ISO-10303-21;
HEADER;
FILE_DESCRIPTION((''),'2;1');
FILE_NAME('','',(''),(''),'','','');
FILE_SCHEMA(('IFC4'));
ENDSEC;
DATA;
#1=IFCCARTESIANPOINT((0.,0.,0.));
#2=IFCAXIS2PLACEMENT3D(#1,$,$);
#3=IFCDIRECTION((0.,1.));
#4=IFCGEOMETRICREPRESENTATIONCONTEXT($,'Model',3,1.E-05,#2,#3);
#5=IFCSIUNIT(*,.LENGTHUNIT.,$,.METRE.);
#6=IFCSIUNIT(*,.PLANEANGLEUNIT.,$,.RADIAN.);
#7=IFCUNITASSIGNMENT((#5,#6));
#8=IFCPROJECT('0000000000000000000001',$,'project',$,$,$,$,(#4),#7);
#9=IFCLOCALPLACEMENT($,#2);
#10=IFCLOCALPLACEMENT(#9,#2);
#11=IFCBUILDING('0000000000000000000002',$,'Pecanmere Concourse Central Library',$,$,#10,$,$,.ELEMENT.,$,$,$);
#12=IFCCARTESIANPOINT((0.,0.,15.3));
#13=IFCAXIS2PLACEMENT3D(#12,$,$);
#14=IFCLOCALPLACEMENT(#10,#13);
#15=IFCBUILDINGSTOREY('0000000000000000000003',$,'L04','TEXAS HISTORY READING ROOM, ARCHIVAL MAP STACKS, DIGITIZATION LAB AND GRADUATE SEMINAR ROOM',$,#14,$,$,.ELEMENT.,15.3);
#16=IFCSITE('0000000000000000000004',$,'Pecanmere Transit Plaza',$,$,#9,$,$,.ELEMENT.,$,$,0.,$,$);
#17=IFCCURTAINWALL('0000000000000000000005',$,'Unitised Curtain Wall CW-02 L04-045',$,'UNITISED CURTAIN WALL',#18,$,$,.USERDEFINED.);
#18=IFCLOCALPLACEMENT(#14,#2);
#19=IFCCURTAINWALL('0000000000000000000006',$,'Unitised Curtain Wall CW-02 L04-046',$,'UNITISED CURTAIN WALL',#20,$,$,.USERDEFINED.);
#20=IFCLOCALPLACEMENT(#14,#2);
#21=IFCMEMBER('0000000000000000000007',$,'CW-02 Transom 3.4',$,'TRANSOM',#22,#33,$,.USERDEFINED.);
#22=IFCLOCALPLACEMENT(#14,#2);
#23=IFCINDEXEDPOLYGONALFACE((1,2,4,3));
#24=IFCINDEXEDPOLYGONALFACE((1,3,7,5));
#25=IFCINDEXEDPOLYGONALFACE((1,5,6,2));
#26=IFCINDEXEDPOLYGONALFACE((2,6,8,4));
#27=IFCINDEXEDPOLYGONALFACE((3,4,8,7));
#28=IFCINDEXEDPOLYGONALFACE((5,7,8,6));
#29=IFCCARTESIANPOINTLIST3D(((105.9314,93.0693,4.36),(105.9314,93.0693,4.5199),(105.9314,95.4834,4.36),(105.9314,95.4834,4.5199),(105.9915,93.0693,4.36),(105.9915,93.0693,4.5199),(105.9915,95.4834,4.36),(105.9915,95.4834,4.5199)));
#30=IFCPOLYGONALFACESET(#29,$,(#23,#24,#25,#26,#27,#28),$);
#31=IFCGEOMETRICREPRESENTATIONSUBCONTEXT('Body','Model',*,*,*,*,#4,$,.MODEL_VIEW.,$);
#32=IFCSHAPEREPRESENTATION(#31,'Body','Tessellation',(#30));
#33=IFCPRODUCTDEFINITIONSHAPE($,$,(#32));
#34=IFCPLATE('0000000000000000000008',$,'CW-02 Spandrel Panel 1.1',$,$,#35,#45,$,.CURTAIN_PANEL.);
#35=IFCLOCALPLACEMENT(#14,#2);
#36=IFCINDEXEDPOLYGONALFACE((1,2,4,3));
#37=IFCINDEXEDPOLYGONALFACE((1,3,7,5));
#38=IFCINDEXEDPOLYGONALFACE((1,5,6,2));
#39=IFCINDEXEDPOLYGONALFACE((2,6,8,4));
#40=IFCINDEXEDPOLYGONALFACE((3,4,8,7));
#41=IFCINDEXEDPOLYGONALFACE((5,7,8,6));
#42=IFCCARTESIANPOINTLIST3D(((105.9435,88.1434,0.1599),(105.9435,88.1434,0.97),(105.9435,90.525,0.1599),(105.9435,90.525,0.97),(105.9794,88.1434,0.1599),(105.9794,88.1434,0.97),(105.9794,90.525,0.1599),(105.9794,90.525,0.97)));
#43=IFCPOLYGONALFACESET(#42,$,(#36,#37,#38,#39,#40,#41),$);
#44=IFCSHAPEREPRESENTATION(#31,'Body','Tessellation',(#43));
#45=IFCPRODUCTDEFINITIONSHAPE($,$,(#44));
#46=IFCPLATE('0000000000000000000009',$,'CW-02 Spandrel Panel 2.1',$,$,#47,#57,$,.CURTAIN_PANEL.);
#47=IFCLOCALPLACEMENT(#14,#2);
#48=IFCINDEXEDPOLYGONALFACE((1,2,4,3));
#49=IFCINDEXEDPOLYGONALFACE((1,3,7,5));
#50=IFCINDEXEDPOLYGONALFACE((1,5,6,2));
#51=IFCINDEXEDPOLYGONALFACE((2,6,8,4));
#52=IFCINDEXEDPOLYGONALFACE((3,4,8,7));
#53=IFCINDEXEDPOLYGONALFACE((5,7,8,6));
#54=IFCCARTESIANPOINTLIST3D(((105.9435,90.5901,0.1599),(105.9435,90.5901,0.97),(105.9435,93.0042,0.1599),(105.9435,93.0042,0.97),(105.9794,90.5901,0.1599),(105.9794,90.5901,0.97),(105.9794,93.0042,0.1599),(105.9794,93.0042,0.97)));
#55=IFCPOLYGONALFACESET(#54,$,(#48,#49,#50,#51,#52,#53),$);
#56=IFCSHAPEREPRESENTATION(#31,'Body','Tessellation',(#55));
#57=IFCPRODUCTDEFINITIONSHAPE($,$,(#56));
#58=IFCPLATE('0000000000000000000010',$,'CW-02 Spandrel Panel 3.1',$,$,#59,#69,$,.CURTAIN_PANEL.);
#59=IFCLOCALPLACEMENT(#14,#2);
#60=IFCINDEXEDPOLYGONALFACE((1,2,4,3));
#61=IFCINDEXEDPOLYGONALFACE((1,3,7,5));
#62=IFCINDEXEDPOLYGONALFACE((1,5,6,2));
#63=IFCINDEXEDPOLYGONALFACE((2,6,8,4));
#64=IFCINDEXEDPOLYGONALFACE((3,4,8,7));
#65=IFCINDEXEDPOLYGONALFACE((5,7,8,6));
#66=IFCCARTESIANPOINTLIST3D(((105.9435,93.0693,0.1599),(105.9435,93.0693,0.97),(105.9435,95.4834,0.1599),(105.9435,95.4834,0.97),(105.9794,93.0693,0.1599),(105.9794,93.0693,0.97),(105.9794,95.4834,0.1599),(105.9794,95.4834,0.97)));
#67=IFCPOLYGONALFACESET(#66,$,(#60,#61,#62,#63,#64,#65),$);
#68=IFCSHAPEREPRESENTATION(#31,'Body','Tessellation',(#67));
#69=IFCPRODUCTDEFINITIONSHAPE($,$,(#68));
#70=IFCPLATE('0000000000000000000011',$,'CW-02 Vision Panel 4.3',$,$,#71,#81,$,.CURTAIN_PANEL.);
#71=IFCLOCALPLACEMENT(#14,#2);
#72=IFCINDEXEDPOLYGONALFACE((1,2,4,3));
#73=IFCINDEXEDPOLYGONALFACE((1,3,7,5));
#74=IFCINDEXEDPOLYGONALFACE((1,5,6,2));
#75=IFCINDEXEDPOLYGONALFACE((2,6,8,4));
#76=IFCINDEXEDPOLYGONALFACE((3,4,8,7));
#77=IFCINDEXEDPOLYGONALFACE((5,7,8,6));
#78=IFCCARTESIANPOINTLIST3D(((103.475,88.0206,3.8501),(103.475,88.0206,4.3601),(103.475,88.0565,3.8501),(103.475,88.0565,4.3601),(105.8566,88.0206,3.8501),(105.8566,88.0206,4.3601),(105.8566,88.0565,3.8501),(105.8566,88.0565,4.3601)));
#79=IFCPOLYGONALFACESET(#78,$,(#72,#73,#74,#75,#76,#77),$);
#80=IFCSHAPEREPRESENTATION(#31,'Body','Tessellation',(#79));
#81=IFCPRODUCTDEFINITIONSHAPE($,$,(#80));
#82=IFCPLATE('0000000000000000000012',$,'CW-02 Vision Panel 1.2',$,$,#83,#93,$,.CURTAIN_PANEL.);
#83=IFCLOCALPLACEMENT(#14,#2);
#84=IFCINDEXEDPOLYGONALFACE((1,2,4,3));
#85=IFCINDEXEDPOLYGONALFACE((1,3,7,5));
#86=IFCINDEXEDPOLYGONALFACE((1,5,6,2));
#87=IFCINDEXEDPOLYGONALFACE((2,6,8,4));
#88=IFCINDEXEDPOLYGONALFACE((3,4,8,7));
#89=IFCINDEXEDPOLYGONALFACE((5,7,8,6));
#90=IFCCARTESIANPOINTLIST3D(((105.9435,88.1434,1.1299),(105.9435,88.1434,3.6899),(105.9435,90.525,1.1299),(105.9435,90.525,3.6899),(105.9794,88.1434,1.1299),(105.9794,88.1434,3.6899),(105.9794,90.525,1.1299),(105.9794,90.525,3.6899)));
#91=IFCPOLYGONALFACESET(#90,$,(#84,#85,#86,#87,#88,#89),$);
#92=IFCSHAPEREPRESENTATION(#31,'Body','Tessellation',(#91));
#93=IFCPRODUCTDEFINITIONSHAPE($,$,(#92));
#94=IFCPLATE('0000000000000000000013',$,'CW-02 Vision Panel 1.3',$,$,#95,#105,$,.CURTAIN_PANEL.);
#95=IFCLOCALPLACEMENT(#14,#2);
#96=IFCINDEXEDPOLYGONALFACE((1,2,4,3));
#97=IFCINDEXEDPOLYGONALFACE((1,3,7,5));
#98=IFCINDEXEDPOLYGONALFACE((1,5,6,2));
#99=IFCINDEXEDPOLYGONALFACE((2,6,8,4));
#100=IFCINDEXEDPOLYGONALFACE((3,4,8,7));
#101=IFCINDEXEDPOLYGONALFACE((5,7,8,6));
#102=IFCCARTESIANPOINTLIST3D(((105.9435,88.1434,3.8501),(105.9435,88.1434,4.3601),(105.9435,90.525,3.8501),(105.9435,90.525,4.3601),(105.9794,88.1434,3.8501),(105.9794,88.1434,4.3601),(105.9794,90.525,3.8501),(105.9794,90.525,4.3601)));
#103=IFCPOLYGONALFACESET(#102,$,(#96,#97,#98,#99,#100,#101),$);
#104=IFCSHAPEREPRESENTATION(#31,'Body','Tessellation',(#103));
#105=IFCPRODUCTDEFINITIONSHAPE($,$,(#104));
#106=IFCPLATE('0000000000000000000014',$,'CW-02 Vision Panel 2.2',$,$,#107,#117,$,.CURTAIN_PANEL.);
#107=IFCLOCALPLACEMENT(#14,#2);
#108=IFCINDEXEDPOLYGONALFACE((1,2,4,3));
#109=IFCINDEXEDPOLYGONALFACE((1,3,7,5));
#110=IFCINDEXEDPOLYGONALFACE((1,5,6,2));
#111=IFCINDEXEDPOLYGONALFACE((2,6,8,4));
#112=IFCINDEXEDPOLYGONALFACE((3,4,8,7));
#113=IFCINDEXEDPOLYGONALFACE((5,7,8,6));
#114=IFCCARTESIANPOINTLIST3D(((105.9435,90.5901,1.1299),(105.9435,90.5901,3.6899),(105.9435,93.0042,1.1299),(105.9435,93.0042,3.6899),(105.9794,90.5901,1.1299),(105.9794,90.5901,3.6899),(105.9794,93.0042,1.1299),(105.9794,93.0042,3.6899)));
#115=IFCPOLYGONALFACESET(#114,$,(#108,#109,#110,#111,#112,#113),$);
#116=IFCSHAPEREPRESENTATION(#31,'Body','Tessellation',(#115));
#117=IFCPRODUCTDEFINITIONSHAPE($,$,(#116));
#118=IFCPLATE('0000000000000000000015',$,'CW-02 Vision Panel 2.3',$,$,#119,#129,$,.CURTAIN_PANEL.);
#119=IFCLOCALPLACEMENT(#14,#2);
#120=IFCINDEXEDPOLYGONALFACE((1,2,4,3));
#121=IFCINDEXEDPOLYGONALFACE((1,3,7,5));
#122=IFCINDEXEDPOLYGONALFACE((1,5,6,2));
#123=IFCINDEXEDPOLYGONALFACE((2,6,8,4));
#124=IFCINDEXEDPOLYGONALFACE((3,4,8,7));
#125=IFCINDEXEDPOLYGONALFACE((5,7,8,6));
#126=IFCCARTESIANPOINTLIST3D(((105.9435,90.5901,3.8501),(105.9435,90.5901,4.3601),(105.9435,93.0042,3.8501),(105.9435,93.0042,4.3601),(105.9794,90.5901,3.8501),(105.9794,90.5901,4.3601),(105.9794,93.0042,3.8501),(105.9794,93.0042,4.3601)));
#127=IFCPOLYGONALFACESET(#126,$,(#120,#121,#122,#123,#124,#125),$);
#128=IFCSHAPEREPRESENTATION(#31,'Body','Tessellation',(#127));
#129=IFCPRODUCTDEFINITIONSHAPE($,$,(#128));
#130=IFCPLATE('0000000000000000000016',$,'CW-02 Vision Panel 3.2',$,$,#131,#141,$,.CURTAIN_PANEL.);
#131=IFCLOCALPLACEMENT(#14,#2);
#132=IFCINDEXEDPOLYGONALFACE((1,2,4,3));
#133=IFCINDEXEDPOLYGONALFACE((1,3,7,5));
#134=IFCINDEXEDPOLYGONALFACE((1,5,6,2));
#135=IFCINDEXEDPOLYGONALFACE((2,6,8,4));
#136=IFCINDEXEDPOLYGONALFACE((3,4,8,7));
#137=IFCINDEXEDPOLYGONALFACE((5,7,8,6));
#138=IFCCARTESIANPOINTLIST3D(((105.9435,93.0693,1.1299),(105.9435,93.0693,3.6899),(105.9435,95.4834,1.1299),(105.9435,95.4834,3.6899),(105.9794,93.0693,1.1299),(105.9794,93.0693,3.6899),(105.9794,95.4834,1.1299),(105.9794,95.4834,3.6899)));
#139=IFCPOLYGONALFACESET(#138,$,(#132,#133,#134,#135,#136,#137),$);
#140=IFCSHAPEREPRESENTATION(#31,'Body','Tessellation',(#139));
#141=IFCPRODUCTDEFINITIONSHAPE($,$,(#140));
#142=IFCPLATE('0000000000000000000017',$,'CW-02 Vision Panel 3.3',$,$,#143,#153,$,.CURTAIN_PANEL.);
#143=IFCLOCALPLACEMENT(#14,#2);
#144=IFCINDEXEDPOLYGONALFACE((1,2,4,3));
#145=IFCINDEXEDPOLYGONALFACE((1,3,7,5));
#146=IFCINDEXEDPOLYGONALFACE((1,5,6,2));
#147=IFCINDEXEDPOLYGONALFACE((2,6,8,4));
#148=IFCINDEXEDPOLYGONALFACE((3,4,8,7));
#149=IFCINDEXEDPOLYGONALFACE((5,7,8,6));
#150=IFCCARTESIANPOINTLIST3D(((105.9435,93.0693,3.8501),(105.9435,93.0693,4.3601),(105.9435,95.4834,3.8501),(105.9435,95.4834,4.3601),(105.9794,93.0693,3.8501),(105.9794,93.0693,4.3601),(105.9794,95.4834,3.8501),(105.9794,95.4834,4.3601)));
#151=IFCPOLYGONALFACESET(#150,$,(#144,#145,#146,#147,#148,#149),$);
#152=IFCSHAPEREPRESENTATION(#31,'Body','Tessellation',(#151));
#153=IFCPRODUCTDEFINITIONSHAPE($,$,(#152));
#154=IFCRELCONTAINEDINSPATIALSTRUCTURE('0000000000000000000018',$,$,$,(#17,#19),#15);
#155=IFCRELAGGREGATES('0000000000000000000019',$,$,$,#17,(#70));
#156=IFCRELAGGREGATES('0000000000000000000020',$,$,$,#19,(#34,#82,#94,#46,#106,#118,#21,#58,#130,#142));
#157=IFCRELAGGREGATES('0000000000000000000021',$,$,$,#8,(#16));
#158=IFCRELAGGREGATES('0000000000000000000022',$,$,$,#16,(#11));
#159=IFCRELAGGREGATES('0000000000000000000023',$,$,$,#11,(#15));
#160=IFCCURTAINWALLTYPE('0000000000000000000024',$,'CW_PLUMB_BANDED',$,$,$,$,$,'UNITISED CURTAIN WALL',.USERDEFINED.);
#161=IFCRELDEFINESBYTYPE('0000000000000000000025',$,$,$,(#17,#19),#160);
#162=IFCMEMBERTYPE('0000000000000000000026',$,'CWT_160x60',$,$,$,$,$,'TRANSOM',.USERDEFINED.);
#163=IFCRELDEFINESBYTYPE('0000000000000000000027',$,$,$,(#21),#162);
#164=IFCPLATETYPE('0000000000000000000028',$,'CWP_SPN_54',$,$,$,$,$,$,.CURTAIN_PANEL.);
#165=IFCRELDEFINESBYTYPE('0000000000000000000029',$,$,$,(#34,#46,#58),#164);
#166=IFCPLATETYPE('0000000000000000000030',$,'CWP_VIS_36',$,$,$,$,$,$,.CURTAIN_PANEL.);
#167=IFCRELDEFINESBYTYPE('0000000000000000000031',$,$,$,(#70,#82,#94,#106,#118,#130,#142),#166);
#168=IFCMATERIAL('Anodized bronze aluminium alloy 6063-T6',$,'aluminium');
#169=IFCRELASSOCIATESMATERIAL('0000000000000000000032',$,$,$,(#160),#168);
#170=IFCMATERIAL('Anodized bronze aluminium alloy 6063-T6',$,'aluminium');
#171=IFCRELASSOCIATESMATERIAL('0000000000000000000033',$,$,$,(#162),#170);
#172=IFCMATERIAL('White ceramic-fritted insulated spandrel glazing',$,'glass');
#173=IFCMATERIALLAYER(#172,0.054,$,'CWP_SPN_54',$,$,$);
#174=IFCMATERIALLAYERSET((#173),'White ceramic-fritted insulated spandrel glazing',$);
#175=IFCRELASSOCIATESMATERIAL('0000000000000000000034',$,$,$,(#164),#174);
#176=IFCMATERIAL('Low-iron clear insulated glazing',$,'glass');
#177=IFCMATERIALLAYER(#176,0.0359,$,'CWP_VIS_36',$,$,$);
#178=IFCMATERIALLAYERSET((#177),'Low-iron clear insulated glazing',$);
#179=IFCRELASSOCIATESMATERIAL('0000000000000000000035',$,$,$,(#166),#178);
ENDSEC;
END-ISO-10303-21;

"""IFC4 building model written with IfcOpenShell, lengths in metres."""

from ifc_helpers import new_model, si_unit, direction, frame, origin, origin_2d, place, context, subcontext, project, spatial, rectangle, extrude, material, layer, layer_set, material_profile, profile_set, type_object, element, aggregate, save


model = new_model("IFC4")

# Units and contexts
model_context = context("Model", 3, precision=1e-05, world=origin(), true_north=direction((0.0, 1.0)))
body_context = subcontext(model_context, "Body", "Model", "MODEL_VIEW")
ifc_project = project(units=[si_unit("LENGTHUNIT", "METRE"), si_unit("PLANEANGLEUNIT", "RADIAN")], contexts=[model_context])

# Site, building, storey
site_placement = place(None, origin())
site = spatial("IfcSite", under=ifc_project, at=site_placement, Name="Pecanmere Transit Plaza", CompositionType="ELEMENT", RefElevation=0.0)
building_placement = place(site_placement, origin())
building = spatial("IfcBuilding", under=site, at=building_placement, Name="Pecanmere Concourse Central Library", CompositionType="ELEMENT")
storey_placement = place(building_placement, frame((0.0, 0.0, 15.3)))
storey = spatial("IfcBuildingStorey", under=building, at=storey_placement, Name="L04", Description="TEXAS HISTORY READING ROOM, ARCHIVAL MAP STACKS, DIGITIZATION LAB AND GRADUATE SEMINAR ROOM", CompositionType="ELEMENT", Elevation=15.3)

# Curtain wall
ifc_material_1 = material(Name="Anodized bronze aluminium alloy 6063-T6", Category="aluminium")
curtain_wall_type = type_object("IfcCurtainWallType", Name="CW_PLUMB_BANDED", ElementType="UNITISED CURTAIN WALL", PredefinedType="USERDEFINED", material=ifc_material_1)
curtain_wall_1_placement = place(storey_placement, origin())
curtain_wall_1 = element("IfcCurtainWall", 1, at=curtain_wall_1_placement, inside=storey, type_object=curtain_wall_type, Name="Unitised Curtain Wall CW-02 L04-045", ObjectType="UNITISED CURTAIN WALL", PredefinedType="USERDEFINED")

# Curtain wall, member, plates
curtain_wall_2_placement = place(storey_placement, origin())
curtain_wall_2 = element("IfcCurtainWall", 2, at=curtain_wall_2_placement, inside=storey, type_object=curtain_wall_type, Name="Unitised Curtain Wall CW-02 L04-046", ObjectType="UNITISED CURTAIN WALL", PredefinedType="USERDEFINED")
ifc_material_2 = material(Name="Anodized bronze aluminium alloy 6063-T6", Category="aluminium")
ifc_material_profile_1 = material_profile(ifc_material_2, rectangle(XDim=0.0601, YDim=0.1599, at=origin_2d()), Name="AL 60x160")
ifc_profile_set_1 = profile_set([ifc_material_profile_1], Name="Anodized bronze aluminium alloy 6063-T6")
member_type_1 = type_object("IfcMemberType", Name="CWT_160x60", ElementType="TRANSOM", PredefinedType="USERDEFINED", material=ifc_profile_set_1)
member_1_placement = place(storey_placement, frame((105.9614, 93.0693, 4.4399), z_axis=(0.0, 1.0, 0.0), x_axis=(-1.0, 0.0, 0.0)))
member_1 = element("IfcMember", 3, at=member_1_placement, type_object=member_type_1, Name="CW-02 Transom 3.4", ObjectType="TRANSOM", PredefinedType="USERDEFINED", context=body_context, shape_type="SweptSolid", body=[
    extrude(rectangle(XDim=0.0601, YDim=0.1599, at=origin_2d()), origin(), (0.0, 0.0, 1.0), 2.4141),
])
ifc_material_3 = material(Name="White ceramic-fritted insulated spandrel glazing", Category="glass")
ifc_layer_1 = layer(ifc_material_3, 0.054, Name="CWP_SPN_54")
ifc_layer_set_1 = layer_set([ifc_layer_1], Name="White ceramic-fritted insulated spandrel glazing")
plate_type_1 = type_object("IfcPlateType", Name="CWP_SPN_54", PredefinedType="CURTAIN_PANEL", material=ifc_layer_set_1)
plate_1_placement = place(storey_placement, frame((105.9614, 89.3342, 0.1599), z_axis=(0.0, 0.0, 1.0), x_axis=(0.0, 1.0, 0.0)))
plate_1 = element("IfcPlate", 4, at=plate_1_placement, type_object=plate_type_1, Name="CW-02 Spandrel Panel 1.1", PredefinedType="CURTAIN_PANEL", context=body_context, shape_type="SweptSolid", body=[
    extrude(rectangle(XDim=2.3816, YDim=0.0359, at=origin_2d()), origin(), (0.0, 0.0, 1.0), 0.8101),
])
plate_2_placement = place(storey_placement, frame((105.9614, 91.7971, 0.1599), z_axis=(0.0, 0.0, 1.0), x_axis=(0.0, 1.0, 0.0)))
plate_2 = element("IfcPlate", 5, at=plate_2_placement, type_object=plate_type_1, Name="CW-02 Spandrel Panel 2.1", PredefinedType="CURTAIN_PANEL", context=body_context, shape_type="SweptSolid", body=[
    extrude(rectangle(XDim=2.4141, YDim=0.0359, at=origin_2d()), origin(), (0.0, 0.0, 1.0), 0.8101),
])
plate_3_placement = place(storey_placement, frame((105.9614, 94.2764, 0.1599), z_axis=(0.0, 0.0, 1.0), x_axis=(0.0, 1.0, 0.0)))
plate_3 = element("IfcPlate", 6, at=plate_3_placement, type_object=plate_type_1, Name="CW-02 Spandrel Panel 3.1", PredefinedType="CURTAIN_PANEL", context=body_context, shape_type="SweptSolid", body=[
    extrude(rectangle(XDim=2.4141, YDim=0.0359, at=origin_2d()), origin(), (0.0, 0.0, 1.0), 0.8101),
])

# Plates
ifc_material_4 = material(Name="Low-iron clear insulated glazing", Category="glass")
ifc_layer_2 = layer(ifc_material_4, 0.0359, Name="CWP_VIS_36")
ifc_layer_set_2 = layer_set([ifc_layer_2], Name="Low-iron clear insulated glazing")
plate_type_2 = type_object("IfcPlateType", Name="CWP_VIS_36", PredefinedType="CURTAIN_PANEL", material=ifc_layer_set_2)
plate_4_placement = place(storey_placement, frame((104.6658, 88.0386, 3.8501), z_axis=(0.0, 0.0, 1.0), x_axis=(1.0, 0.0, 0.0)))
plate_4 = element("IfcPlate", 7, at=plate_4_placement, type_object=plate_type_2, Name="CW-02 Vision Panel 4.3", PredefinedType="CURTAIN_PANEL", context=body_context, shape_type="SweptSolid", body=[
    extrude(rectangle(XDim=2.3816, YDim=0.0359, at=origin_2d()), origin(), (0.0, 0.0, 1.0), 0.51),
])
aggregate(curtain_wall_1, [plate_4])
plate_5_placement = place(storey_placement, frame((105.9614, 89.3342, 1.1299), z_axis=(0.0, 0.0, 1.0), x_axis=(0.0, 1.0, 0.0)))
plate_5 = element("IfcPlate", 8, at=plate_5_placement, type_object=plate_type_2, Name="CW-02 Vision Panel 1.2", PredefinedType="CURTAIN_PANEL", context=body_context, shape_type="SweptSolid", body=[
    extrude(rectangle(XDim=2.3816, YDim=0.0359, at=origin_2d()), origin(), (0.0, 0.0, 1.0), 2.5601),
])
plate_6_placement = place(storey_placement, frame((105.9614, 89.3342, 3.8501), z_axis=(0.0, 0.0, 1.0), x_axis=(0.0, 1.0, 0.0)))
plate_6 = element("IfcPlate", 9, at=plate_6_placement, type_object=plate_type_2, Name="CW-02 Vision Panel 1.3", PredefinedType="CURTAIN_PANEL", context=body_context, shape_type="SweptSolid", body=[
    extrude(rectangle(XDim=2.3816, YDim=0.0359, at=origin_2d()), origin(), (0.0, 0.0, 1.0), 0.51),
])
plate_7_placement = place(storey_placement, frame((105.9614, 91.7971, 1.1299), z_axis=(0.0, 0.0, 1.0), x_axis=(0.0, 1.0, 0.0)))
plate_7 = element("IfcPlate", 10, at=plate_7_placement, type_object=plate_type_2, Name="CW-02 Vision Panel 2.2", PredefinedType="CURTAIN_PANEL", context=body_context, shape_type="SweptSolid", body=[
    extrude(rectangle(XDim=2.4141, YDim=0.0359, at=origin_2d()), origin(), (0.0, 0.0, 1.0), 2.5601),
])
plate_8_placement = place(storey_placement, frame((105.9614, 91.7971, 3.8501), z_axis=(0.0, 0.0, 1.0), x_axis=(0.0, 1.0, 0.0)))
plate_8 = element("IfcPlate", 11, at=plate_8_placement, type_object=plate_type_2, Name="CW-02 Vision Panel 2.3", PredefinedType="CURTAIN_PANEL", context=body_context, shape_type="SweptSolid", body=[
    extrude(rectangle(XDim=2.4141, YDim=0.0359, at=origin_2d()), origin(), (0.0, 0.0, 1.0), 0.51),
])
plate_9_placement = place(storey_placement, frame((105.9614, 94.2764, 1.1299), z_axis=(0.0, 0.0, 1.0), x_axis=(0.0, 1.0, 0.0)))
plate_9 = element("IfcPlate", 12, at=plate_9_placement, type_object=plate_type_2, Name="CW-02 Vision Panel 3.2", PredefinedType="CURTAIN_PANEL", context=body_context, shape_type="SweptSolid", body=[
    extrude(rectangle(XDim=2.4141, YDim=0.0359, at=origin_2d()), origin(), (0.0, 0.0, 1.0), 2.5601),
])
plate_10_placement = place(storey_placement, frame((105.9614, 94.2764, 3.8501), z_axis=(0.0, 0.0, 1.0), x_axis=(0.0, 1.0, 0.0)))
plate_10 = element("IfcPlate", 13, at=plate_10_placement, type_object=plate_type_2, Name="CW-02 Vision Panel 3.3", PredefinedType="CURTAIN_PANEL", context=body_context, shape_type="SweptSolid", body=[
    extrude(rectangle(XDim=2.4141, YDim=0.0359, at=origin_2d()), origin(), (0.0, 0.0, 1.0), 0.51),
])
aggregate(curtain_wall_2, [plate_1, plate_5, plate_6, plate_2, plate_7, plate_8, member_1, plate_3, plate_9, plate_10])

save(model, "model.ifc")
